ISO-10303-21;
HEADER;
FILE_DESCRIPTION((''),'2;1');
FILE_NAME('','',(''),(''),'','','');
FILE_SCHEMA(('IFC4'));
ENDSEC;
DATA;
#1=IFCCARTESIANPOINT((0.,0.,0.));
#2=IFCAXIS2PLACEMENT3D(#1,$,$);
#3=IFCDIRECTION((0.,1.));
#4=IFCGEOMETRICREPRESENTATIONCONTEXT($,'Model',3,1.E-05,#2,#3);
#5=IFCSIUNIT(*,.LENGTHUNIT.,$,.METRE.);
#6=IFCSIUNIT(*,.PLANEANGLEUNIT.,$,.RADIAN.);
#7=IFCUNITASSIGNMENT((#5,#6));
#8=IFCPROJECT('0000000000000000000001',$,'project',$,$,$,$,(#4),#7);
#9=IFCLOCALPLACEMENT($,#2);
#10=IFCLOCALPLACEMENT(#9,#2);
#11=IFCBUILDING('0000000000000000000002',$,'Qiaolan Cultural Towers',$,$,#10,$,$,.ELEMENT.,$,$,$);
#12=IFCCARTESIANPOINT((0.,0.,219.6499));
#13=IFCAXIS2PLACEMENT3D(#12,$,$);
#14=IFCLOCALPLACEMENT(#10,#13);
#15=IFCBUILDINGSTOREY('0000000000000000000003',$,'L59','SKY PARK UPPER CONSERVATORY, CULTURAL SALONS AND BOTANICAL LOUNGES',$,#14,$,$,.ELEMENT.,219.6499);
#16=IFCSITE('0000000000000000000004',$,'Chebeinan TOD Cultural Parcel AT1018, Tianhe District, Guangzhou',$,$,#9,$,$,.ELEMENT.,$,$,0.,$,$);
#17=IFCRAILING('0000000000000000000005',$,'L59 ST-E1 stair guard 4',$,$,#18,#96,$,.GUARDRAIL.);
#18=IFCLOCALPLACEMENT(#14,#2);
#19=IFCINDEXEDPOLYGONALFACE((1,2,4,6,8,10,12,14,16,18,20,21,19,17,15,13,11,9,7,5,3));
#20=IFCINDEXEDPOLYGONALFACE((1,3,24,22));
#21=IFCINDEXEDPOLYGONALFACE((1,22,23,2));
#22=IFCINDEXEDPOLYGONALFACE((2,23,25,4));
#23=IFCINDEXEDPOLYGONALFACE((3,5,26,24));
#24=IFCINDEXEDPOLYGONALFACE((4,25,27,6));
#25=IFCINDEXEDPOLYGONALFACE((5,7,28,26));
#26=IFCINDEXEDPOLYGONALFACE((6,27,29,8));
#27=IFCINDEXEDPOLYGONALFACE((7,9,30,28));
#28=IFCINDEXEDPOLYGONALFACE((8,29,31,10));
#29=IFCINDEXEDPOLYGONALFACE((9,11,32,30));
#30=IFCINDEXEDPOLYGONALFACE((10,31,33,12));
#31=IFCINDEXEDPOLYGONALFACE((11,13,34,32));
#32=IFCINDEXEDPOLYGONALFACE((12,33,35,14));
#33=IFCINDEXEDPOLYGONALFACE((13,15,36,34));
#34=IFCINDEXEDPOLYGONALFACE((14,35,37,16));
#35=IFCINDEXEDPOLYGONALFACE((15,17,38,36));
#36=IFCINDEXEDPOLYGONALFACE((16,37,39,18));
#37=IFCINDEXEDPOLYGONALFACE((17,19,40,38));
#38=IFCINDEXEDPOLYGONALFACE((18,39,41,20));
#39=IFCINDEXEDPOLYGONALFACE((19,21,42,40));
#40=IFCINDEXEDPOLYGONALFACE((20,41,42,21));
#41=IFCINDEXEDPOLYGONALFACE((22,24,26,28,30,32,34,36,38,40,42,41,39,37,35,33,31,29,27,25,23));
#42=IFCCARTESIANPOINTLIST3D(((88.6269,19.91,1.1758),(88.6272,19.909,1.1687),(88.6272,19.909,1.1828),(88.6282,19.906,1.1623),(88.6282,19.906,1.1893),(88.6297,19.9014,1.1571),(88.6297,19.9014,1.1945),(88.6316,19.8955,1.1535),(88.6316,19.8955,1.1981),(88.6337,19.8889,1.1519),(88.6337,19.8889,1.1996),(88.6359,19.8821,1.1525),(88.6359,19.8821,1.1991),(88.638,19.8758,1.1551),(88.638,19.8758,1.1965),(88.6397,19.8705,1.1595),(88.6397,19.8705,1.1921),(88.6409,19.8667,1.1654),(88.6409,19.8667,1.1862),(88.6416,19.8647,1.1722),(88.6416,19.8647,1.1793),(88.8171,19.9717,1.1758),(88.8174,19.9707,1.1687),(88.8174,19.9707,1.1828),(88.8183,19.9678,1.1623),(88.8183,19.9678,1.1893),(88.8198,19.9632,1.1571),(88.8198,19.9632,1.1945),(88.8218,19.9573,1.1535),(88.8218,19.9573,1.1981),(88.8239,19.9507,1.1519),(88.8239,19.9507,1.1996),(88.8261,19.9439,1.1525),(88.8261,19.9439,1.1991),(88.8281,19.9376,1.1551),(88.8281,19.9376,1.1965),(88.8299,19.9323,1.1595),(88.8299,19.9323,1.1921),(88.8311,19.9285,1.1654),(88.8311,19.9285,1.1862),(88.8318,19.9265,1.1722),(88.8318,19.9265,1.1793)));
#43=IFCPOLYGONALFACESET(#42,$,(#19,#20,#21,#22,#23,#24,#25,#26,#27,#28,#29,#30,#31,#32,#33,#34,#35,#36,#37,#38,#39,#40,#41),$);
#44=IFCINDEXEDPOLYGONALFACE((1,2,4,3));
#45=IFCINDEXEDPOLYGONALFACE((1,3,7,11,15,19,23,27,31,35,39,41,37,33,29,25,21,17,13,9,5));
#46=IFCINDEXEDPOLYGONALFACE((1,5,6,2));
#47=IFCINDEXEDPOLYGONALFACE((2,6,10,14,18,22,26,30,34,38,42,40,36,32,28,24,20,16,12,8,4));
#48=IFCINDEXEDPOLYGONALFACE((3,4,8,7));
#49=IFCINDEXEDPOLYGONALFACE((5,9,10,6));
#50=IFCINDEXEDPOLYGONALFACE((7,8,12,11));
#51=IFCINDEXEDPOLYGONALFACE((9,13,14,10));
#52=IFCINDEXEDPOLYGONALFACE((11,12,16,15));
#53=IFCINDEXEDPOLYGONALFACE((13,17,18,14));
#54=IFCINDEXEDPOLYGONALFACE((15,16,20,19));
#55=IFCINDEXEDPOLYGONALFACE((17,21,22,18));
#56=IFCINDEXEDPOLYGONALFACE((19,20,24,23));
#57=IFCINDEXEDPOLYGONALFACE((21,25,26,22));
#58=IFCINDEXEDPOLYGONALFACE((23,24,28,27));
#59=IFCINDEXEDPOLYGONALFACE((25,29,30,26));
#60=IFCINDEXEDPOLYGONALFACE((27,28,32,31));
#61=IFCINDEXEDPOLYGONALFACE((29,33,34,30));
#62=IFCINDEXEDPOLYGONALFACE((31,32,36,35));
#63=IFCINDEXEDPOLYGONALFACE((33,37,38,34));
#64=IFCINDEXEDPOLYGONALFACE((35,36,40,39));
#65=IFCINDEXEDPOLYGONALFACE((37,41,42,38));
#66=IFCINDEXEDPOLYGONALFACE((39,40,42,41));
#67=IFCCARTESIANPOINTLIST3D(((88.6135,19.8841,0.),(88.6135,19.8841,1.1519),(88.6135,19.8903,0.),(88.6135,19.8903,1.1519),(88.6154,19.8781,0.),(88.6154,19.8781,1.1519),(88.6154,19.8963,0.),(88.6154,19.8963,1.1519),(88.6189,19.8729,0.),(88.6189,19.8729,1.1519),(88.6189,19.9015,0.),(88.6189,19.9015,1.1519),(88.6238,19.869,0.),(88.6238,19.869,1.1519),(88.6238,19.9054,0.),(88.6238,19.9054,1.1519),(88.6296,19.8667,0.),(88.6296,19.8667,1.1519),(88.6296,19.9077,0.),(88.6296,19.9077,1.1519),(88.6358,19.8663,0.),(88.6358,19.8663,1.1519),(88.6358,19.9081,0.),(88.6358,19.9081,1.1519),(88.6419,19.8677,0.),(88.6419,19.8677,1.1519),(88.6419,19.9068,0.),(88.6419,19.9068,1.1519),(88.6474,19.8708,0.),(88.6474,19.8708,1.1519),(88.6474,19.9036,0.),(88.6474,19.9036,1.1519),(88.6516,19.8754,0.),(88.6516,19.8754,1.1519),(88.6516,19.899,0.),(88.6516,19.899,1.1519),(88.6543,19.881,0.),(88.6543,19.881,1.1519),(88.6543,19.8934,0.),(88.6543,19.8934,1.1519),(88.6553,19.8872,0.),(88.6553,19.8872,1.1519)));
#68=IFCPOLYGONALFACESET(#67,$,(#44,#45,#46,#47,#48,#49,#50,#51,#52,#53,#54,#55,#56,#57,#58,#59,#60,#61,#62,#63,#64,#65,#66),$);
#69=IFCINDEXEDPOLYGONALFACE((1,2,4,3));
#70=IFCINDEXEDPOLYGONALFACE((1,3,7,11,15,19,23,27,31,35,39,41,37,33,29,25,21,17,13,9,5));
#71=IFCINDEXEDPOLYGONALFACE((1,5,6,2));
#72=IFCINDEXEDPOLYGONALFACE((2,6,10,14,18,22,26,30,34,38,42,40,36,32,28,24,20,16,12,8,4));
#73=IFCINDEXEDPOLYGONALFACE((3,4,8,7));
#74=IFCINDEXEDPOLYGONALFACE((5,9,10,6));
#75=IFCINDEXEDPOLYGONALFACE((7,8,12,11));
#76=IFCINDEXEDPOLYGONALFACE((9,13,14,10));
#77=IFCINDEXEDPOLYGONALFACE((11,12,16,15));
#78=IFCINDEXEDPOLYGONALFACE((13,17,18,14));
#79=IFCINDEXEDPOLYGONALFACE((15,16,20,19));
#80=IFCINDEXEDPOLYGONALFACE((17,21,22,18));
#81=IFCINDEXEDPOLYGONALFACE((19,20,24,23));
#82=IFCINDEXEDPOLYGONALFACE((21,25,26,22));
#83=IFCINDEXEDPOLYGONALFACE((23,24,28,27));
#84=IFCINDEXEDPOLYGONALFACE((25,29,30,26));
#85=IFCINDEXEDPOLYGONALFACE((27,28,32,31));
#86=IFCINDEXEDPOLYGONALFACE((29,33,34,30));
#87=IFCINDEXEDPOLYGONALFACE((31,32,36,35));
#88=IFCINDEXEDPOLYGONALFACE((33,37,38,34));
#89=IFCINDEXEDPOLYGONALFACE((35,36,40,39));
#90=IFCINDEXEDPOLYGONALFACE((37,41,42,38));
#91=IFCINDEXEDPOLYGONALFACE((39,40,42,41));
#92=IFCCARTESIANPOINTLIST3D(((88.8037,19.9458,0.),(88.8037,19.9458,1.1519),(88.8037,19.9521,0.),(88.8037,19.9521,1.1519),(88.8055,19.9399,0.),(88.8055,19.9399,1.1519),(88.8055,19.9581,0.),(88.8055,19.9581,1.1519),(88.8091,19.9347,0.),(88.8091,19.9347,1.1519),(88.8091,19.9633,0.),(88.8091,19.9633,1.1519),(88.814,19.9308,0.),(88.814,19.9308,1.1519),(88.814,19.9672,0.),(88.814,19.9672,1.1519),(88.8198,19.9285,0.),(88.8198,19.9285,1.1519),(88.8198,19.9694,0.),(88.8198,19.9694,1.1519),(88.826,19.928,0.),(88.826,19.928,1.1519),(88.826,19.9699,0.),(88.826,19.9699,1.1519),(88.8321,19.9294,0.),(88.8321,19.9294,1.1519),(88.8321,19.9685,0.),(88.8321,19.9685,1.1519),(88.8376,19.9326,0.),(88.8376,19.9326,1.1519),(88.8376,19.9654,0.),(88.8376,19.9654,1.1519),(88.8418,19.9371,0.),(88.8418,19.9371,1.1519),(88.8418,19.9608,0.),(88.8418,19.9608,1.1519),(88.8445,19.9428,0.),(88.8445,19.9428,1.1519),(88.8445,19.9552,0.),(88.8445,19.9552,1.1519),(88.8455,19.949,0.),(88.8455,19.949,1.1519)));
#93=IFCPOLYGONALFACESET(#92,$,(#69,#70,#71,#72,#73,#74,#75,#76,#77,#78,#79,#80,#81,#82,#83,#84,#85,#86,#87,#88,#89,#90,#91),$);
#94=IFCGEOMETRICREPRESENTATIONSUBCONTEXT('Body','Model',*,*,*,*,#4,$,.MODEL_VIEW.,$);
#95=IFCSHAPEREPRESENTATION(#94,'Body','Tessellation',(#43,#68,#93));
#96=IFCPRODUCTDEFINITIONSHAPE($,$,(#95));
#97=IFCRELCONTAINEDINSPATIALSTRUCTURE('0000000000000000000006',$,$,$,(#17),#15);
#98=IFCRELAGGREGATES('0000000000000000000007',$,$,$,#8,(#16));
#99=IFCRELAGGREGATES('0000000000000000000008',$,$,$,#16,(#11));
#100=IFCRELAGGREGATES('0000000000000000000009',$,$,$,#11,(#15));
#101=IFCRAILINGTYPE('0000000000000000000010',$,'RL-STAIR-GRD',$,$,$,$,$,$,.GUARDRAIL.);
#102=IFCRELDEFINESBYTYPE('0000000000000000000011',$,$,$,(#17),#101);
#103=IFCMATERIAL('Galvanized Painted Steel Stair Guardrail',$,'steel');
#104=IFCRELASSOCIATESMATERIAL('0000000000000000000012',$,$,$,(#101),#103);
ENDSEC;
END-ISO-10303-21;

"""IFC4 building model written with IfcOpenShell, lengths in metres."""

from ifc_helpers import new_model, si_unit, direction, frame, origin, origin_2d, place, context, subcontext, project, spatial, circle, extrude, material, type_object, element, save


model = new_model("IFC4")

# Units and contexts
model_context = context("Model", 3, precision=1e-05, world=origin(), true_north=direction((0.0, 1.0)))
body_context = subcontext(model_context, "Body", "Model", "MODEL_VIEW")
ifc_project = project(units=[si_unit("LENGTHUNIT", "METRE"), si_unit("PLANEANGLEUNIT", "RADIAN")], contexts=[model_context])

# Site, building, storey
site_placement = place(None, origin())
site = spatial("IfcSite", under=ifc_project, at=site_placement, Name="Chebeinan TOD Cultural Parcel AT1018, Tianhe District, Guangzhou", CompositionType="ELEMENT", RefElevation=0.0)
building_placement = place(site_placement, origin())
building = spatial("IfcBuilding", under=site, at=building_placement, Name="Qiaolan Cultural Towers", CompositionType="ELEMENT")
storey_placement = place(building_placement, frame((0.0, 0.0, 219.6499)))
storey = spatial("IfcBuildingStorey", under=building, at=storey_placement, Name="L59", Description="SKY PARK UPPER CONSERVATORY, CULTURAL SALONS AND BOTANICAL LOUNGES", CompositionType="ELEMENT", Elevation=219.6499)

# Railing
ifc_material_1 = material(Name="Galvanized Painted Steel Stair Guardrail", Category="steel")
railing_type_1 = type_object("IfcRailingType", Name="RL-STAIR-GRD", PredefinedType="GUARDRAIL", material=ifc_material_1)
railing_1_placement = place(storey_placement, frame((88.6343, 19.8872, 0.0)))
element("IfcRailing", 1, at=railing_1_placement, inside=storey, type_object=railing_type_1, Name="L59 ST-E1 stair guard 4", PredefinedType="GUARDRAIL", context=body_context, shape_type="SweptSolid", body=[
    extrude(circle(Radius=0.0239, at=origin_2d()), frame((0.0, 0.0, 1.1758), z_axis=(0.951097, 0.308893, 0.0), x_axis=(-0.308893, 0.951097, 0.0)), (0.0, 0.0, 1.0), 0.2),
    extrude(circle(Radius=0.021, at=origin_2d()), origin(), (0.0, 0.0, 1.0), 1.1519),
    extrude(circle(Radius=0.021, at=origin_2d()), frame((0.1902, 0.0618, 0.0)), (0.0, 0.0, 1.0), 1.1519),
])

save(model, "model.ifc")
